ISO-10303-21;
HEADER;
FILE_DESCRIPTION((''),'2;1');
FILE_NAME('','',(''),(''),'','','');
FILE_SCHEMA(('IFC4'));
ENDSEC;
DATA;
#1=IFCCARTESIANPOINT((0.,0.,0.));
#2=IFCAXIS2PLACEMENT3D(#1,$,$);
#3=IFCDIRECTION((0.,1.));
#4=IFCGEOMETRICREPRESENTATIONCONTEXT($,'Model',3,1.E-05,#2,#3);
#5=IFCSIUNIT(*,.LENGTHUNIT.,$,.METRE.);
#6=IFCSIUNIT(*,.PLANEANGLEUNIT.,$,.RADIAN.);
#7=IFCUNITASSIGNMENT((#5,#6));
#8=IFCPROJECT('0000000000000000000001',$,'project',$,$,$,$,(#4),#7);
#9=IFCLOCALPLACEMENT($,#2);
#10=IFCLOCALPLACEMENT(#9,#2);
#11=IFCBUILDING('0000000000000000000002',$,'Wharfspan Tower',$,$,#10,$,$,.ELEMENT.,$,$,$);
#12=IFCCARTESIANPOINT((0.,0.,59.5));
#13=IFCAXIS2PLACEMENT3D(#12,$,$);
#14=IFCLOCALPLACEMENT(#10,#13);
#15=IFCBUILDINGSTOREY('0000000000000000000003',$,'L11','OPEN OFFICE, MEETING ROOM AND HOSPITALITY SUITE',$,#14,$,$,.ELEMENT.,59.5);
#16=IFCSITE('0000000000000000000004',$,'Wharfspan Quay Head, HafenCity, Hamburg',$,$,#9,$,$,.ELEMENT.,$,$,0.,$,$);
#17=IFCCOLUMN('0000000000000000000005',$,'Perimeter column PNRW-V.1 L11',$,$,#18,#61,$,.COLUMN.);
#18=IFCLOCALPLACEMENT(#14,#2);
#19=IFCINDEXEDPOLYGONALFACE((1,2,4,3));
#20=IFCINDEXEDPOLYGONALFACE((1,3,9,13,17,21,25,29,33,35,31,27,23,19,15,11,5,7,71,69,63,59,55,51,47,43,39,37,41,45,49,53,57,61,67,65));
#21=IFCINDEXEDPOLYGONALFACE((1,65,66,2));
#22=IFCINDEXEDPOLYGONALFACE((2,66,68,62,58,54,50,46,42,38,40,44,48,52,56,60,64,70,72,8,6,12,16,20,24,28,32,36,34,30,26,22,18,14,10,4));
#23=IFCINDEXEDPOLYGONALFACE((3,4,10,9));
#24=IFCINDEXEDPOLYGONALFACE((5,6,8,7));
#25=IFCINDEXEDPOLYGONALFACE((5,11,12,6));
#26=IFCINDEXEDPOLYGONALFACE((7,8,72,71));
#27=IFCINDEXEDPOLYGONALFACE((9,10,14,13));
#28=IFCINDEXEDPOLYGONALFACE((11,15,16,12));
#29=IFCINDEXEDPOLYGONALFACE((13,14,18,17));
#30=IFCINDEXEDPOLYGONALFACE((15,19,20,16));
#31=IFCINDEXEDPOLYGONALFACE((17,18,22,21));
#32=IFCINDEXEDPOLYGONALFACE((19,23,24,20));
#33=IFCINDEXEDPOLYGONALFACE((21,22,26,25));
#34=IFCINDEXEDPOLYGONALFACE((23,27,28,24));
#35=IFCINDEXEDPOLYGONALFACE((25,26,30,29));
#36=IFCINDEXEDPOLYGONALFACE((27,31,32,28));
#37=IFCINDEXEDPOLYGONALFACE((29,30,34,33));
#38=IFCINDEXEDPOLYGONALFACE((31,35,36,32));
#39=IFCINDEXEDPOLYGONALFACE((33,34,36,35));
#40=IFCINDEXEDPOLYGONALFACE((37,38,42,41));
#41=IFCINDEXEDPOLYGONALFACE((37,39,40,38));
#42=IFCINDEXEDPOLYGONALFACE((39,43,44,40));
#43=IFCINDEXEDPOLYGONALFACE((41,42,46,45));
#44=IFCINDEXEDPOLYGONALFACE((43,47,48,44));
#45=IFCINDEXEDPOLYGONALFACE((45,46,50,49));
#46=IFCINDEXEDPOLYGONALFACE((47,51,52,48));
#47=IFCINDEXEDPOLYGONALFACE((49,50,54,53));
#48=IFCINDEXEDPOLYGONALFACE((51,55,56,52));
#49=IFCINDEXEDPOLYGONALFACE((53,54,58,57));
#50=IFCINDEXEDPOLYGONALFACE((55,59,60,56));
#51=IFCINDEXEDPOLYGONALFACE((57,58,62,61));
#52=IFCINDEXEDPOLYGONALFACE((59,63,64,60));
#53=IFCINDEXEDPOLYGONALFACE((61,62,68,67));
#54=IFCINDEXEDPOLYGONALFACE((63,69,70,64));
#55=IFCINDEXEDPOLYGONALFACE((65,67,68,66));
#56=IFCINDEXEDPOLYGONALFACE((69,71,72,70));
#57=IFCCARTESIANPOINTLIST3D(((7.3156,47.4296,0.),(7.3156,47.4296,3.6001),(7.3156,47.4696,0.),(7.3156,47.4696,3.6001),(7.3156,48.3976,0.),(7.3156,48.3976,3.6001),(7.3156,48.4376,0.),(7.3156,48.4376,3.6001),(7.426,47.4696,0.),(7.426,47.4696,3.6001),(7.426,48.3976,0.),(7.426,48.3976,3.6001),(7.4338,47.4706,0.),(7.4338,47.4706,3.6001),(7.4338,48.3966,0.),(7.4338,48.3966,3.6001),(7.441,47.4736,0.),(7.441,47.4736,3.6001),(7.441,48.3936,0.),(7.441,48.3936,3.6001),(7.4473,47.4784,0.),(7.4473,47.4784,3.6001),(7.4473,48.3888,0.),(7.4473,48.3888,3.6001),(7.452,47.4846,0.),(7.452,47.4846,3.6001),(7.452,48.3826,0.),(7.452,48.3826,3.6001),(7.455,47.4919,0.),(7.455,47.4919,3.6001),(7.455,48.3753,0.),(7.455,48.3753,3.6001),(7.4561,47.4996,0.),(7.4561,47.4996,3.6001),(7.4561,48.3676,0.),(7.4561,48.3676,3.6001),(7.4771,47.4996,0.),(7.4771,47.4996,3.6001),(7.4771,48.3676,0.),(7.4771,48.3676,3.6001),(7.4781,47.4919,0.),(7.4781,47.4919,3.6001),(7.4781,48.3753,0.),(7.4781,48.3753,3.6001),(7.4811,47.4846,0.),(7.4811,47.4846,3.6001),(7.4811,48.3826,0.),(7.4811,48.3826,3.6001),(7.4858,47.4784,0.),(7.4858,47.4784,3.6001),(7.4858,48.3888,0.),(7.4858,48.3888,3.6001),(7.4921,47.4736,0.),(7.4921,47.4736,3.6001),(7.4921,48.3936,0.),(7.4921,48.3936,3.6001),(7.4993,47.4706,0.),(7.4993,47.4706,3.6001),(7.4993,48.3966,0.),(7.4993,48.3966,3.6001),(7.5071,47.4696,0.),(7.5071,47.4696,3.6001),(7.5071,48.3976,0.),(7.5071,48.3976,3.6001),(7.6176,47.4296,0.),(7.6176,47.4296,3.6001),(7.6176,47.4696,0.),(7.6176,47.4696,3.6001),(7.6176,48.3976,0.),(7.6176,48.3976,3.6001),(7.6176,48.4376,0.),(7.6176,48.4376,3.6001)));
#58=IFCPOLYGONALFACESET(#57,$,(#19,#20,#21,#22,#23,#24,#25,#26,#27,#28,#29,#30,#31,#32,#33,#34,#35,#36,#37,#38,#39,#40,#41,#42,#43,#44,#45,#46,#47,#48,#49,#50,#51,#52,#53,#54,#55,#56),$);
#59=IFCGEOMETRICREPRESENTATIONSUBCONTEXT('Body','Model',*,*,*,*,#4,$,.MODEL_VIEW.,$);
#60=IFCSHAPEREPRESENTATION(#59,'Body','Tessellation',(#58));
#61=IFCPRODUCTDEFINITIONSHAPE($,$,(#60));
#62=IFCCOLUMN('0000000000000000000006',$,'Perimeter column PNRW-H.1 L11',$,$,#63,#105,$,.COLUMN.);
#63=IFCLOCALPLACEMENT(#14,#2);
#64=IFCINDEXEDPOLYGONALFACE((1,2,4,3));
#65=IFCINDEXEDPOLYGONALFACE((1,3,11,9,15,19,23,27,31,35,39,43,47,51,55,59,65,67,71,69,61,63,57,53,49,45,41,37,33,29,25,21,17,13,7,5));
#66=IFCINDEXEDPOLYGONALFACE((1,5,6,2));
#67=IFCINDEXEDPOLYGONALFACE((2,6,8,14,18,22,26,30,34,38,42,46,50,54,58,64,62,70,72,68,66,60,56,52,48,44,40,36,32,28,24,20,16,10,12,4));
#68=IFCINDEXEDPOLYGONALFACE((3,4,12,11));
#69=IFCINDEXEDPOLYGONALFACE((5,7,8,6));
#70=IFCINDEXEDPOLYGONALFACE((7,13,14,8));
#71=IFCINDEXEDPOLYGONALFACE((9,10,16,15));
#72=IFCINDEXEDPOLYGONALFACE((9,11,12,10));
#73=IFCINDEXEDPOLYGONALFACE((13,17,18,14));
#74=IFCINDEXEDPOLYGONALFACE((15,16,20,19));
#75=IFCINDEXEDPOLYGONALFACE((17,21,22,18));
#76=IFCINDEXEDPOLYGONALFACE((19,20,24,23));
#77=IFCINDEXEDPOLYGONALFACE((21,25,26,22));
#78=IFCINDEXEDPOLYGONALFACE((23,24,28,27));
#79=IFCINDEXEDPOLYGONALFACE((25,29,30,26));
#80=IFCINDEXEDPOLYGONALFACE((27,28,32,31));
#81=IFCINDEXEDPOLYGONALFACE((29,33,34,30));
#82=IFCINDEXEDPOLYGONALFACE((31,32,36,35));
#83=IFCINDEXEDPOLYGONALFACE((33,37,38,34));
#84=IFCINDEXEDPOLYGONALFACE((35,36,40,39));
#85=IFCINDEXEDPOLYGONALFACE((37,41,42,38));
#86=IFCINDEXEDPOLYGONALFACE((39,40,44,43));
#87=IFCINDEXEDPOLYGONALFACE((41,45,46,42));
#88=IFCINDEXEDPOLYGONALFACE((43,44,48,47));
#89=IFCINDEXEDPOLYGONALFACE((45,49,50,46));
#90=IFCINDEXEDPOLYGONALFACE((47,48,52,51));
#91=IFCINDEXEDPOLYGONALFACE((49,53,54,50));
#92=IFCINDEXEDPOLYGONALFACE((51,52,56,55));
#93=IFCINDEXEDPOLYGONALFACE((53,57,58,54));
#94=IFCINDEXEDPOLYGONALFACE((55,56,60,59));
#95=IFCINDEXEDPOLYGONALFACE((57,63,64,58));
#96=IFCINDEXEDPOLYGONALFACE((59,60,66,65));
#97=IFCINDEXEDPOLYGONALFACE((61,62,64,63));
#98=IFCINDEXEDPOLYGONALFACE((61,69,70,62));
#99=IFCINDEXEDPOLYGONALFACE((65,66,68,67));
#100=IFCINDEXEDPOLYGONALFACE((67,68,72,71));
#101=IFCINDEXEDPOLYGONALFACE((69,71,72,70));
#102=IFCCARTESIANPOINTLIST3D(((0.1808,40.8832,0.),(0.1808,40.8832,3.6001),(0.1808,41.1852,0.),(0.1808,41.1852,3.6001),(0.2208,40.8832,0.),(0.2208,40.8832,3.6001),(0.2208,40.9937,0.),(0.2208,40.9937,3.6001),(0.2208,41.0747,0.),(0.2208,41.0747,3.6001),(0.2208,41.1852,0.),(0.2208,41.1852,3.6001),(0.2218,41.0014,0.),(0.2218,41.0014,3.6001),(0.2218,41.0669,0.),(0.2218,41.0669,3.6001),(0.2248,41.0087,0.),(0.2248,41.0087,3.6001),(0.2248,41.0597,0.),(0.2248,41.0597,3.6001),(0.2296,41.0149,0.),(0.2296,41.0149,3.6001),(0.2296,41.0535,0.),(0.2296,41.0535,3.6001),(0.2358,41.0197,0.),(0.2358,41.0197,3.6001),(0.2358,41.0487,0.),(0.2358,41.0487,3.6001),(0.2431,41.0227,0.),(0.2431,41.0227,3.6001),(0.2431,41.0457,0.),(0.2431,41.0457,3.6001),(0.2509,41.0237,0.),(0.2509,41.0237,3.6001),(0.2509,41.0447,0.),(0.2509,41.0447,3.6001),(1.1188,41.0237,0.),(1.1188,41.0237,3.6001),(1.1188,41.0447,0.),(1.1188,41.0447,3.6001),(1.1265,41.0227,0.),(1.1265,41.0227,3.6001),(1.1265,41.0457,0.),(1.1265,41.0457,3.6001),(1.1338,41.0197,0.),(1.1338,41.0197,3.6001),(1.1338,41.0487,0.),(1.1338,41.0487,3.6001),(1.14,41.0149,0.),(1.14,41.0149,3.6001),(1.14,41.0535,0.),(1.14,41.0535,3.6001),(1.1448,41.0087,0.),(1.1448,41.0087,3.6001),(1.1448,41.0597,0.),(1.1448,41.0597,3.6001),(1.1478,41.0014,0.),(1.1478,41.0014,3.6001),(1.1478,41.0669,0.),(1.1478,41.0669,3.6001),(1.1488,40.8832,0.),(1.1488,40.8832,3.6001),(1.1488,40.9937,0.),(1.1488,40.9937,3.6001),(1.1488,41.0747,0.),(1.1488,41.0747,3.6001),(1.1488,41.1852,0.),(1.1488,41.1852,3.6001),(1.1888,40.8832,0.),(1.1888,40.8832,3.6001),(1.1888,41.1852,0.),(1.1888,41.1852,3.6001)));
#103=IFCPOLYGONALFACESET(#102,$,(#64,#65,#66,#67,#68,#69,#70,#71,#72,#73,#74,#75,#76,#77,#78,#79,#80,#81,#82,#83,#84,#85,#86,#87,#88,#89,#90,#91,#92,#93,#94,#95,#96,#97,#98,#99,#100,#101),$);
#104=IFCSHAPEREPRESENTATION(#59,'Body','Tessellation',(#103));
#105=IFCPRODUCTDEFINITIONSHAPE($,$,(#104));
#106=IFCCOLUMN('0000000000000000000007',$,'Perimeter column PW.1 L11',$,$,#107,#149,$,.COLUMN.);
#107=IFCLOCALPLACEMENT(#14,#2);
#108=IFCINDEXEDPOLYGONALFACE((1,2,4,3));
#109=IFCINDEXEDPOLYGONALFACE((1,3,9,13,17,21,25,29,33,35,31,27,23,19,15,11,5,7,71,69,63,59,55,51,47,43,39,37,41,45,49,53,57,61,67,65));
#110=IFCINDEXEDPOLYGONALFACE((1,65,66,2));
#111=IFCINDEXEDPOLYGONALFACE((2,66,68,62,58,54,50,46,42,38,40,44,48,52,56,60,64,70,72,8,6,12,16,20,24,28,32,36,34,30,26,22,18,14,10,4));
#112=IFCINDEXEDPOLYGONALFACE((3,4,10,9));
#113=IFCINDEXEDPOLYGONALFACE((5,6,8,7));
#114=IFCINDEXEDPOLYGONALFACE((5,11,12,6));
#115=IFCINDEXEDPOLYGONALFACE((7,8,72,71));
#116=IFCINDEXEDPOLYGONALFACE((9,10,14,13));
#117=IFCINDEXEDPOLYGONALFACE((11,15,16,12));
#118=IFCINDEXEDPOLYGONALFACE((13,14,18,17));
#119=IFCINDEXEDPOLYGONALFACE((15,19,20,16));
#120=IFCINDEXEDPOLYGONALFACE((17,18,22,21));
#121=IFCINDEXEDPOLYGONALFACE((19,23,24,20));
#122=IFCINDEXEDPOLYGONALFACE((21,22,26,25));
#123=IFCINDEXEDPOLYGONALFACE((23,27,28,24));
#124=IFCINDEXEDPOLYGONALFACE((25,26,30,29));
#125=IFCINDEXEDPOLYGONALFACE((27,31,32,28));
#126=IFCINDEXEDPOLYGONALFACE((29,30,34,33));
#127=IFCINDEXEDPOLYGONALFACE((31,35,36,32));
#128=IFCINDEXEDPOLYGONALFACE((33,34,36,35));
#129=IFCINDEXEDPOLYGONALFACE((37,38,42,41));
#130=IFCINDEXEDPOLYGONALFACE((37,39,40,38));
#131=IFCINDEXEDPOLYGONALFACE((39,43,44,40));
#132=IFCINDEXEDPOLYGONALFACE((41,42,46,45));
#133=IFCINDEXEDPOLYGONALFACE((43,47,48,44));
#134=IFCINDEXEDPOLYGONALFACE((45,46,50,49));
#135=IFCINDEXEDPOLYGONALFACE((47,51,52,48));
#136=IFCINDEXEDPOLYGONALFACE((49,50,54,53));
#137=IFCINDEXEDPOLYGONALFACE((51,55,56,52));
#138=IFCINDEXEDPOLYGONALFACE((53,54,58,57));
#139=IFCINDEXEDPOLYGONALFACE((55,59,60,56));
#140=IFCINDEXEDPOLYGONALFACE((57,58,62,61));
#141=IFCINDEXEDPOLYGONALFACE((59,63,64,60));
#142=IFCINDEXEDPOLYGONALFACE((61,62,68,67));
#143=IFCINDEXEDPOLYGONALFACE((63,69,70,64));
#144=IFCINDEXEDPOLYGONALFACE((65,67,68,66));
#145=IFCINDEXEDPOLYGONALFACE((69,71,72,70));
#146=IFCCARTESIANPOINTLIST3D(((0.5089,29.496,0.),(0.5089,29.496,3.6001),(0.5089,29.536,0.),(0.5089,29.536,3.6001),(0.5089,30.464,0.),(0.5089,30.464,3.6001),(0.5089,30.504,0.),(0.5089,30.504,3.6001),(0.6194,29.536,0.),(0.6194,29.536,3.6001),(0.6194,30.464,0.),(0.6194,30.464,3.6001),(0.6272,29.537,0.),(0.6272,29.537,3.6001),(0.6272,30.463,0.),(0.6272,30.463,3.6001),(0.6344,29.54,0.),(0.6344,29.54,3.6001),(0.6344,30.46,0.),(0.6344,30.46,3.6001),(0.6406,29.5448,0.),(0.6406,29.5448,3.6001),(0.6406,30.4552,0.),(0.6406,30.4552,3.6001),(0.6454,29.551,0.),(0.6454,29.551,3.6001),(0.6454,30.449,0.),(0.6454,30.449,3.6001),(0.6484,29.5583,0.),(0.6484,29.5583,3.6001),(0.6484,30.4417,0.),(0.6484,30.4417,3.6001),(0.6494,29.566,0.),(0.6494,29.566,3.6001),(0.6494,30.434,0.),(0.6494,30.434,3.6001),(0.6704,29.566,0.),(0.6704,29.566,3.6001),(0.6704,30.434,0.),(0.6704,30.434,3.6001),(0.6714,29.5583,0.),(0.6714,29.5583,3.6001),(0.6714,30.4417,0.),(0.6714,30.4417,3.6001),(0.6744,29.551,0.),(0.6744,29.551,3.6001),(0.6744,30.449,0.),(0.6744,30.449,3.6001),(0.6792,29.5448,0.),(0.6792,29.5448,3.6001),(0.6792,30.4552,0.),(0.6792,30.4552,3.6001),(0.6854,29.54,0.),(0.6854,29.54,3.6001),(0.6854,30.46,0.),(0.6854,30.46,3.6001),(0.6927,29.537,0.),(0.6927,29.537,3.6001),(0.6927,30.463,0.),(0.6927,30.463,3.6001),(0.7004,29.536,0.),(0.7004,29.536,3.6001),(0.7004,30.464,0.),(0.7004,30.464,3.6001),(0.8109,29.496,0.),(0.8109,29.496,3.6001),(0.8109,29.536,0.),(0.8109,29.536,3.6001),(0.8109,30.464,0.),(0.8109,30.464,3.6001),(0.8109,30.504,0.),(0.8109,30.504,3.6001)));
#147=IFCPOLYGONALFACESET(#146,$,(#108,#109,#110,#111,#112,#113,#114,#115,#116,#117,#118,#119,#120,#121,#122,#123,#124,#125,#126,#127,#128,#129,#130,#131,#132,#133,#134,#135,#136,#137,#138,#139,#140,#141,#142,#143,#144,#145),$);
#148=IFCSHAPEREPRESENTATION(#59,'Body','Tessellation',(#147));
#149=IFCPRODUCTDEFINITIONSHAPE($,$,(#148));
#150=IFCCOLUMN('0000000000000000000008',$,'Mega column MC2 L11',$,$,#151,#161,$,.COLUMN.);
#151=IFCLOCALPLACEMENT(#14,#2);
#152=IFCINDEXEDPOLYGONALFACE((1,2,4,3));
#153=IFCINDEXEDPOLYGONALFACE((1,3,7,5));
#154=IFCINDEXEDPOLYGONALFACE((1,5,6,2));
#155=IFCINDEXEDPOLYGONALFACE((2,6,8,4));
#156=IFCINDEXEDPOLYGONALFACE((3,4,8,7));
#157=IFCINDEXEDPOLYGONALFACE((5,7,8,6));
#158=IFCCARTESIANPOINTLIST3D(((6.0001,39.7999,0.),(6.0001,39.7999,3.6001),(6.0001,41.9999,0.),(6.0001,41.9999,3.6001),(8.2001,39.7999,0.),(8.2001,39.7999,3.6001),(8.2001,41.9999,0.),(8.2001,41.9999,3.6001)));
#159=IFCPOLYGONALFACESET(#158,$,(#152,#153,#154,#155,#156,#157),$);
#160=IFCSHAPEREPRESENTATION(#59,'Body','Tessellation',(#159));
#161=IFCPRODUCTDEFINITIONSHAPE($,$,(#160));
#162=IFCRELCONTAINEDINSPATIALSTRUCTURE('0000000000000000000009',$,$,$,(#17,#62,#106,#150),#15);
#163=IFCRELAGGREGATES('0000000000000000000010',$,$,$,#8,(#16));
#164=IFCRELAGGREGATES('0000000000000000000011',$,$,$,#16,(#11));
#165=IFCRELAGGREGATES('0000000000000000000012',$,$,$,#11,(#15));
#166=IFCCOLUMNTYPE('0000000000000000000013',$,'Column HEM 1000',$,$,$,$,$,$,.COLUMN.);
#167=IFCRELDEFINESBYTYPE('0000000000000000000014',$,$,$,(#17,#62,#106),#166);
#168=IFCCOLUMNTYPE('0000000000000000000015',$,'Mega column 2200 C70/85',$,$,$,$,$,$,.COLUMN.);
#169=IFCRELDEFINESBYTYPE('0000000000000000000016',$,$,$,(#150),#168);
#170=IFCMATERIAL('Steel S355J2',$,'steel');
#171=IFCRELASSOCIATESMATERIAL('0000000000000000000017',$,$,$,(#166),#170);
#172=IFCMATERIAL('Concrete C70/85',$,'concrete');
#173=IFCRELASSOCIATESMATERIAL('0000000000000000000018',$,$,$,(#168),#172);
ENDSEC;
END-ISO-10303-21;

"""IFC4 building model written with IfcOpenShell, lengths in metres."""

from ifc_helpers import new_model, si_unit, direction, frame, origin, origin_2d, place, context, subcontext, project, spatial, rectangle, i_section, extrude, material, material_profile, profile_set, type_object, element, save


model = new_model("IFC4")

# Units and contexts
model_context = context("Model", 3, precision=1e-05, world=origin(), true_north=direction((0.0, 1.0)))
body_context = subcontext(model_context, "Body", "Model", "MODEL_VIEW")
ifc_project = project(units=[si_unit("LENGTHUNIT", "METRE"), si_unit("PLANEANGLEUNIT", "RADIAN")], contexts=[model_context])

# Site, building, storey
site_placement = place(None, origin())
site = spatial("IfcSite", under=ifc_project, at=site_placement, Name="Wharfspan Quay Head, HafenCity, Hamburg", CompositionType="ELEMENT", RefElevation=0.0)
building_placement = place(site_placement, origin())
building = spatial("IfcBuilding", under=site, at=building_placement, Name="Wharfspan Tower", CompositionType="ELEMENT")
storey_placement = place(building_placement, frame((0.0, 0.0, 59.5)))
storey = spatial("IfcBuildingStorey", under=building, at=storey_placement, Name="L11", Description="OPEN OFFICE, MEETING ROOM AND HOSPITALITY SUITE", CompositionType="ELEMENT", Elevation=59.5)

# Columns
ifc_material_1 = material(Name="Steel S355J2", Category="steel")
ifc_material_profile_1 = material_profile(ifc_material_1, i_section(OverallWidth=0.302, OverallDepth=1.0081, WebThickness=0.021, FlangeThickness=0.04, FilletRadius=0.03, at=origin_2d()))
ifc_profile_set_1 = profile_set([ifc_material_profile_1], Name="Steel S355J2")
column_type_1 = type_object("IfcColumnType", Name="Column HEM 1000", PredefinedType="COLUMN", material=ifc_profile_set_1)
for number, where, z_axis, x_axis, name in (
    (1, (7.4666, 47.9336, 0.0), (0.0, 0.0, 1.0), (-1.0, 0.0, 0.0), "Perimeter column PNRW-V.1 L11"),
    (2, (0.6848, 41.0342, 0.0), (0.0, 0.0, 1.0), (0.0, 1.0, 0.0), "Perimeter column PNRW-H.1 L11"),
    (3, (0.6599, 30.0, 0.0), (0.0, 0.0, 1.0), (-1.0, 0.0, 0.0), "Perimeter column PW.1 L11"),
):
    element("IfcColumn", number, at=place(storey_placement, frame(where, z_axis=z_axis, x_axis=x_axis)), inside=storey, type_object=column_type_1, Name=name, PredefinedType="COLUMN", context=body_context, shape_type="SweptSolid", body=[
        extrude(i_section(OverallWidth=0.302, OverallDepth=1.0081, WebThickness=0.021, FlangeThickness=0.04, FilletRadius=0.03, at=origin_2d()), origin(), (0.0, 0.0, 1.0), 3.6001),
    ])
ifc_material_2 = material(Name="Concrete C70/85", Category="concrete")
ifc_material_profile_2 = material_profile(ifc_material_2, rectangle(XDim=2.2, YDim=2.2, at=origin_2d()))
ifc_profile_set_2 = profile_set([ifc_material_profile_2], Name="Concrete C70/85")
column_type_2 = type_object("IfcColumnType", Name="Mega column 2200 C70/85", PredefinedType="COLUMN", material=ifc_profile_set_2)
column_placement = place(storey_placement, frame((7.1001, 40.8999, 0.0), z_axis=(0.0, 0.0, 1.0), x_axis=(1.0, 0.0, 0.0)))
element("IfcColumn", 4, at=column_placement, inside=storey, type_object=column_type_2, Name="Mega column MC2 L11", PredefinedType="COLUMN", context=body_context, shape_type="SweptSolid", body=[
    extrude(rectangle(XDim=2.2, YDim=2.2, at=origin_2d()), origin(), (0.0, 0.0, 1.0), 3.6001),
])

save(model, "model.ifc")
